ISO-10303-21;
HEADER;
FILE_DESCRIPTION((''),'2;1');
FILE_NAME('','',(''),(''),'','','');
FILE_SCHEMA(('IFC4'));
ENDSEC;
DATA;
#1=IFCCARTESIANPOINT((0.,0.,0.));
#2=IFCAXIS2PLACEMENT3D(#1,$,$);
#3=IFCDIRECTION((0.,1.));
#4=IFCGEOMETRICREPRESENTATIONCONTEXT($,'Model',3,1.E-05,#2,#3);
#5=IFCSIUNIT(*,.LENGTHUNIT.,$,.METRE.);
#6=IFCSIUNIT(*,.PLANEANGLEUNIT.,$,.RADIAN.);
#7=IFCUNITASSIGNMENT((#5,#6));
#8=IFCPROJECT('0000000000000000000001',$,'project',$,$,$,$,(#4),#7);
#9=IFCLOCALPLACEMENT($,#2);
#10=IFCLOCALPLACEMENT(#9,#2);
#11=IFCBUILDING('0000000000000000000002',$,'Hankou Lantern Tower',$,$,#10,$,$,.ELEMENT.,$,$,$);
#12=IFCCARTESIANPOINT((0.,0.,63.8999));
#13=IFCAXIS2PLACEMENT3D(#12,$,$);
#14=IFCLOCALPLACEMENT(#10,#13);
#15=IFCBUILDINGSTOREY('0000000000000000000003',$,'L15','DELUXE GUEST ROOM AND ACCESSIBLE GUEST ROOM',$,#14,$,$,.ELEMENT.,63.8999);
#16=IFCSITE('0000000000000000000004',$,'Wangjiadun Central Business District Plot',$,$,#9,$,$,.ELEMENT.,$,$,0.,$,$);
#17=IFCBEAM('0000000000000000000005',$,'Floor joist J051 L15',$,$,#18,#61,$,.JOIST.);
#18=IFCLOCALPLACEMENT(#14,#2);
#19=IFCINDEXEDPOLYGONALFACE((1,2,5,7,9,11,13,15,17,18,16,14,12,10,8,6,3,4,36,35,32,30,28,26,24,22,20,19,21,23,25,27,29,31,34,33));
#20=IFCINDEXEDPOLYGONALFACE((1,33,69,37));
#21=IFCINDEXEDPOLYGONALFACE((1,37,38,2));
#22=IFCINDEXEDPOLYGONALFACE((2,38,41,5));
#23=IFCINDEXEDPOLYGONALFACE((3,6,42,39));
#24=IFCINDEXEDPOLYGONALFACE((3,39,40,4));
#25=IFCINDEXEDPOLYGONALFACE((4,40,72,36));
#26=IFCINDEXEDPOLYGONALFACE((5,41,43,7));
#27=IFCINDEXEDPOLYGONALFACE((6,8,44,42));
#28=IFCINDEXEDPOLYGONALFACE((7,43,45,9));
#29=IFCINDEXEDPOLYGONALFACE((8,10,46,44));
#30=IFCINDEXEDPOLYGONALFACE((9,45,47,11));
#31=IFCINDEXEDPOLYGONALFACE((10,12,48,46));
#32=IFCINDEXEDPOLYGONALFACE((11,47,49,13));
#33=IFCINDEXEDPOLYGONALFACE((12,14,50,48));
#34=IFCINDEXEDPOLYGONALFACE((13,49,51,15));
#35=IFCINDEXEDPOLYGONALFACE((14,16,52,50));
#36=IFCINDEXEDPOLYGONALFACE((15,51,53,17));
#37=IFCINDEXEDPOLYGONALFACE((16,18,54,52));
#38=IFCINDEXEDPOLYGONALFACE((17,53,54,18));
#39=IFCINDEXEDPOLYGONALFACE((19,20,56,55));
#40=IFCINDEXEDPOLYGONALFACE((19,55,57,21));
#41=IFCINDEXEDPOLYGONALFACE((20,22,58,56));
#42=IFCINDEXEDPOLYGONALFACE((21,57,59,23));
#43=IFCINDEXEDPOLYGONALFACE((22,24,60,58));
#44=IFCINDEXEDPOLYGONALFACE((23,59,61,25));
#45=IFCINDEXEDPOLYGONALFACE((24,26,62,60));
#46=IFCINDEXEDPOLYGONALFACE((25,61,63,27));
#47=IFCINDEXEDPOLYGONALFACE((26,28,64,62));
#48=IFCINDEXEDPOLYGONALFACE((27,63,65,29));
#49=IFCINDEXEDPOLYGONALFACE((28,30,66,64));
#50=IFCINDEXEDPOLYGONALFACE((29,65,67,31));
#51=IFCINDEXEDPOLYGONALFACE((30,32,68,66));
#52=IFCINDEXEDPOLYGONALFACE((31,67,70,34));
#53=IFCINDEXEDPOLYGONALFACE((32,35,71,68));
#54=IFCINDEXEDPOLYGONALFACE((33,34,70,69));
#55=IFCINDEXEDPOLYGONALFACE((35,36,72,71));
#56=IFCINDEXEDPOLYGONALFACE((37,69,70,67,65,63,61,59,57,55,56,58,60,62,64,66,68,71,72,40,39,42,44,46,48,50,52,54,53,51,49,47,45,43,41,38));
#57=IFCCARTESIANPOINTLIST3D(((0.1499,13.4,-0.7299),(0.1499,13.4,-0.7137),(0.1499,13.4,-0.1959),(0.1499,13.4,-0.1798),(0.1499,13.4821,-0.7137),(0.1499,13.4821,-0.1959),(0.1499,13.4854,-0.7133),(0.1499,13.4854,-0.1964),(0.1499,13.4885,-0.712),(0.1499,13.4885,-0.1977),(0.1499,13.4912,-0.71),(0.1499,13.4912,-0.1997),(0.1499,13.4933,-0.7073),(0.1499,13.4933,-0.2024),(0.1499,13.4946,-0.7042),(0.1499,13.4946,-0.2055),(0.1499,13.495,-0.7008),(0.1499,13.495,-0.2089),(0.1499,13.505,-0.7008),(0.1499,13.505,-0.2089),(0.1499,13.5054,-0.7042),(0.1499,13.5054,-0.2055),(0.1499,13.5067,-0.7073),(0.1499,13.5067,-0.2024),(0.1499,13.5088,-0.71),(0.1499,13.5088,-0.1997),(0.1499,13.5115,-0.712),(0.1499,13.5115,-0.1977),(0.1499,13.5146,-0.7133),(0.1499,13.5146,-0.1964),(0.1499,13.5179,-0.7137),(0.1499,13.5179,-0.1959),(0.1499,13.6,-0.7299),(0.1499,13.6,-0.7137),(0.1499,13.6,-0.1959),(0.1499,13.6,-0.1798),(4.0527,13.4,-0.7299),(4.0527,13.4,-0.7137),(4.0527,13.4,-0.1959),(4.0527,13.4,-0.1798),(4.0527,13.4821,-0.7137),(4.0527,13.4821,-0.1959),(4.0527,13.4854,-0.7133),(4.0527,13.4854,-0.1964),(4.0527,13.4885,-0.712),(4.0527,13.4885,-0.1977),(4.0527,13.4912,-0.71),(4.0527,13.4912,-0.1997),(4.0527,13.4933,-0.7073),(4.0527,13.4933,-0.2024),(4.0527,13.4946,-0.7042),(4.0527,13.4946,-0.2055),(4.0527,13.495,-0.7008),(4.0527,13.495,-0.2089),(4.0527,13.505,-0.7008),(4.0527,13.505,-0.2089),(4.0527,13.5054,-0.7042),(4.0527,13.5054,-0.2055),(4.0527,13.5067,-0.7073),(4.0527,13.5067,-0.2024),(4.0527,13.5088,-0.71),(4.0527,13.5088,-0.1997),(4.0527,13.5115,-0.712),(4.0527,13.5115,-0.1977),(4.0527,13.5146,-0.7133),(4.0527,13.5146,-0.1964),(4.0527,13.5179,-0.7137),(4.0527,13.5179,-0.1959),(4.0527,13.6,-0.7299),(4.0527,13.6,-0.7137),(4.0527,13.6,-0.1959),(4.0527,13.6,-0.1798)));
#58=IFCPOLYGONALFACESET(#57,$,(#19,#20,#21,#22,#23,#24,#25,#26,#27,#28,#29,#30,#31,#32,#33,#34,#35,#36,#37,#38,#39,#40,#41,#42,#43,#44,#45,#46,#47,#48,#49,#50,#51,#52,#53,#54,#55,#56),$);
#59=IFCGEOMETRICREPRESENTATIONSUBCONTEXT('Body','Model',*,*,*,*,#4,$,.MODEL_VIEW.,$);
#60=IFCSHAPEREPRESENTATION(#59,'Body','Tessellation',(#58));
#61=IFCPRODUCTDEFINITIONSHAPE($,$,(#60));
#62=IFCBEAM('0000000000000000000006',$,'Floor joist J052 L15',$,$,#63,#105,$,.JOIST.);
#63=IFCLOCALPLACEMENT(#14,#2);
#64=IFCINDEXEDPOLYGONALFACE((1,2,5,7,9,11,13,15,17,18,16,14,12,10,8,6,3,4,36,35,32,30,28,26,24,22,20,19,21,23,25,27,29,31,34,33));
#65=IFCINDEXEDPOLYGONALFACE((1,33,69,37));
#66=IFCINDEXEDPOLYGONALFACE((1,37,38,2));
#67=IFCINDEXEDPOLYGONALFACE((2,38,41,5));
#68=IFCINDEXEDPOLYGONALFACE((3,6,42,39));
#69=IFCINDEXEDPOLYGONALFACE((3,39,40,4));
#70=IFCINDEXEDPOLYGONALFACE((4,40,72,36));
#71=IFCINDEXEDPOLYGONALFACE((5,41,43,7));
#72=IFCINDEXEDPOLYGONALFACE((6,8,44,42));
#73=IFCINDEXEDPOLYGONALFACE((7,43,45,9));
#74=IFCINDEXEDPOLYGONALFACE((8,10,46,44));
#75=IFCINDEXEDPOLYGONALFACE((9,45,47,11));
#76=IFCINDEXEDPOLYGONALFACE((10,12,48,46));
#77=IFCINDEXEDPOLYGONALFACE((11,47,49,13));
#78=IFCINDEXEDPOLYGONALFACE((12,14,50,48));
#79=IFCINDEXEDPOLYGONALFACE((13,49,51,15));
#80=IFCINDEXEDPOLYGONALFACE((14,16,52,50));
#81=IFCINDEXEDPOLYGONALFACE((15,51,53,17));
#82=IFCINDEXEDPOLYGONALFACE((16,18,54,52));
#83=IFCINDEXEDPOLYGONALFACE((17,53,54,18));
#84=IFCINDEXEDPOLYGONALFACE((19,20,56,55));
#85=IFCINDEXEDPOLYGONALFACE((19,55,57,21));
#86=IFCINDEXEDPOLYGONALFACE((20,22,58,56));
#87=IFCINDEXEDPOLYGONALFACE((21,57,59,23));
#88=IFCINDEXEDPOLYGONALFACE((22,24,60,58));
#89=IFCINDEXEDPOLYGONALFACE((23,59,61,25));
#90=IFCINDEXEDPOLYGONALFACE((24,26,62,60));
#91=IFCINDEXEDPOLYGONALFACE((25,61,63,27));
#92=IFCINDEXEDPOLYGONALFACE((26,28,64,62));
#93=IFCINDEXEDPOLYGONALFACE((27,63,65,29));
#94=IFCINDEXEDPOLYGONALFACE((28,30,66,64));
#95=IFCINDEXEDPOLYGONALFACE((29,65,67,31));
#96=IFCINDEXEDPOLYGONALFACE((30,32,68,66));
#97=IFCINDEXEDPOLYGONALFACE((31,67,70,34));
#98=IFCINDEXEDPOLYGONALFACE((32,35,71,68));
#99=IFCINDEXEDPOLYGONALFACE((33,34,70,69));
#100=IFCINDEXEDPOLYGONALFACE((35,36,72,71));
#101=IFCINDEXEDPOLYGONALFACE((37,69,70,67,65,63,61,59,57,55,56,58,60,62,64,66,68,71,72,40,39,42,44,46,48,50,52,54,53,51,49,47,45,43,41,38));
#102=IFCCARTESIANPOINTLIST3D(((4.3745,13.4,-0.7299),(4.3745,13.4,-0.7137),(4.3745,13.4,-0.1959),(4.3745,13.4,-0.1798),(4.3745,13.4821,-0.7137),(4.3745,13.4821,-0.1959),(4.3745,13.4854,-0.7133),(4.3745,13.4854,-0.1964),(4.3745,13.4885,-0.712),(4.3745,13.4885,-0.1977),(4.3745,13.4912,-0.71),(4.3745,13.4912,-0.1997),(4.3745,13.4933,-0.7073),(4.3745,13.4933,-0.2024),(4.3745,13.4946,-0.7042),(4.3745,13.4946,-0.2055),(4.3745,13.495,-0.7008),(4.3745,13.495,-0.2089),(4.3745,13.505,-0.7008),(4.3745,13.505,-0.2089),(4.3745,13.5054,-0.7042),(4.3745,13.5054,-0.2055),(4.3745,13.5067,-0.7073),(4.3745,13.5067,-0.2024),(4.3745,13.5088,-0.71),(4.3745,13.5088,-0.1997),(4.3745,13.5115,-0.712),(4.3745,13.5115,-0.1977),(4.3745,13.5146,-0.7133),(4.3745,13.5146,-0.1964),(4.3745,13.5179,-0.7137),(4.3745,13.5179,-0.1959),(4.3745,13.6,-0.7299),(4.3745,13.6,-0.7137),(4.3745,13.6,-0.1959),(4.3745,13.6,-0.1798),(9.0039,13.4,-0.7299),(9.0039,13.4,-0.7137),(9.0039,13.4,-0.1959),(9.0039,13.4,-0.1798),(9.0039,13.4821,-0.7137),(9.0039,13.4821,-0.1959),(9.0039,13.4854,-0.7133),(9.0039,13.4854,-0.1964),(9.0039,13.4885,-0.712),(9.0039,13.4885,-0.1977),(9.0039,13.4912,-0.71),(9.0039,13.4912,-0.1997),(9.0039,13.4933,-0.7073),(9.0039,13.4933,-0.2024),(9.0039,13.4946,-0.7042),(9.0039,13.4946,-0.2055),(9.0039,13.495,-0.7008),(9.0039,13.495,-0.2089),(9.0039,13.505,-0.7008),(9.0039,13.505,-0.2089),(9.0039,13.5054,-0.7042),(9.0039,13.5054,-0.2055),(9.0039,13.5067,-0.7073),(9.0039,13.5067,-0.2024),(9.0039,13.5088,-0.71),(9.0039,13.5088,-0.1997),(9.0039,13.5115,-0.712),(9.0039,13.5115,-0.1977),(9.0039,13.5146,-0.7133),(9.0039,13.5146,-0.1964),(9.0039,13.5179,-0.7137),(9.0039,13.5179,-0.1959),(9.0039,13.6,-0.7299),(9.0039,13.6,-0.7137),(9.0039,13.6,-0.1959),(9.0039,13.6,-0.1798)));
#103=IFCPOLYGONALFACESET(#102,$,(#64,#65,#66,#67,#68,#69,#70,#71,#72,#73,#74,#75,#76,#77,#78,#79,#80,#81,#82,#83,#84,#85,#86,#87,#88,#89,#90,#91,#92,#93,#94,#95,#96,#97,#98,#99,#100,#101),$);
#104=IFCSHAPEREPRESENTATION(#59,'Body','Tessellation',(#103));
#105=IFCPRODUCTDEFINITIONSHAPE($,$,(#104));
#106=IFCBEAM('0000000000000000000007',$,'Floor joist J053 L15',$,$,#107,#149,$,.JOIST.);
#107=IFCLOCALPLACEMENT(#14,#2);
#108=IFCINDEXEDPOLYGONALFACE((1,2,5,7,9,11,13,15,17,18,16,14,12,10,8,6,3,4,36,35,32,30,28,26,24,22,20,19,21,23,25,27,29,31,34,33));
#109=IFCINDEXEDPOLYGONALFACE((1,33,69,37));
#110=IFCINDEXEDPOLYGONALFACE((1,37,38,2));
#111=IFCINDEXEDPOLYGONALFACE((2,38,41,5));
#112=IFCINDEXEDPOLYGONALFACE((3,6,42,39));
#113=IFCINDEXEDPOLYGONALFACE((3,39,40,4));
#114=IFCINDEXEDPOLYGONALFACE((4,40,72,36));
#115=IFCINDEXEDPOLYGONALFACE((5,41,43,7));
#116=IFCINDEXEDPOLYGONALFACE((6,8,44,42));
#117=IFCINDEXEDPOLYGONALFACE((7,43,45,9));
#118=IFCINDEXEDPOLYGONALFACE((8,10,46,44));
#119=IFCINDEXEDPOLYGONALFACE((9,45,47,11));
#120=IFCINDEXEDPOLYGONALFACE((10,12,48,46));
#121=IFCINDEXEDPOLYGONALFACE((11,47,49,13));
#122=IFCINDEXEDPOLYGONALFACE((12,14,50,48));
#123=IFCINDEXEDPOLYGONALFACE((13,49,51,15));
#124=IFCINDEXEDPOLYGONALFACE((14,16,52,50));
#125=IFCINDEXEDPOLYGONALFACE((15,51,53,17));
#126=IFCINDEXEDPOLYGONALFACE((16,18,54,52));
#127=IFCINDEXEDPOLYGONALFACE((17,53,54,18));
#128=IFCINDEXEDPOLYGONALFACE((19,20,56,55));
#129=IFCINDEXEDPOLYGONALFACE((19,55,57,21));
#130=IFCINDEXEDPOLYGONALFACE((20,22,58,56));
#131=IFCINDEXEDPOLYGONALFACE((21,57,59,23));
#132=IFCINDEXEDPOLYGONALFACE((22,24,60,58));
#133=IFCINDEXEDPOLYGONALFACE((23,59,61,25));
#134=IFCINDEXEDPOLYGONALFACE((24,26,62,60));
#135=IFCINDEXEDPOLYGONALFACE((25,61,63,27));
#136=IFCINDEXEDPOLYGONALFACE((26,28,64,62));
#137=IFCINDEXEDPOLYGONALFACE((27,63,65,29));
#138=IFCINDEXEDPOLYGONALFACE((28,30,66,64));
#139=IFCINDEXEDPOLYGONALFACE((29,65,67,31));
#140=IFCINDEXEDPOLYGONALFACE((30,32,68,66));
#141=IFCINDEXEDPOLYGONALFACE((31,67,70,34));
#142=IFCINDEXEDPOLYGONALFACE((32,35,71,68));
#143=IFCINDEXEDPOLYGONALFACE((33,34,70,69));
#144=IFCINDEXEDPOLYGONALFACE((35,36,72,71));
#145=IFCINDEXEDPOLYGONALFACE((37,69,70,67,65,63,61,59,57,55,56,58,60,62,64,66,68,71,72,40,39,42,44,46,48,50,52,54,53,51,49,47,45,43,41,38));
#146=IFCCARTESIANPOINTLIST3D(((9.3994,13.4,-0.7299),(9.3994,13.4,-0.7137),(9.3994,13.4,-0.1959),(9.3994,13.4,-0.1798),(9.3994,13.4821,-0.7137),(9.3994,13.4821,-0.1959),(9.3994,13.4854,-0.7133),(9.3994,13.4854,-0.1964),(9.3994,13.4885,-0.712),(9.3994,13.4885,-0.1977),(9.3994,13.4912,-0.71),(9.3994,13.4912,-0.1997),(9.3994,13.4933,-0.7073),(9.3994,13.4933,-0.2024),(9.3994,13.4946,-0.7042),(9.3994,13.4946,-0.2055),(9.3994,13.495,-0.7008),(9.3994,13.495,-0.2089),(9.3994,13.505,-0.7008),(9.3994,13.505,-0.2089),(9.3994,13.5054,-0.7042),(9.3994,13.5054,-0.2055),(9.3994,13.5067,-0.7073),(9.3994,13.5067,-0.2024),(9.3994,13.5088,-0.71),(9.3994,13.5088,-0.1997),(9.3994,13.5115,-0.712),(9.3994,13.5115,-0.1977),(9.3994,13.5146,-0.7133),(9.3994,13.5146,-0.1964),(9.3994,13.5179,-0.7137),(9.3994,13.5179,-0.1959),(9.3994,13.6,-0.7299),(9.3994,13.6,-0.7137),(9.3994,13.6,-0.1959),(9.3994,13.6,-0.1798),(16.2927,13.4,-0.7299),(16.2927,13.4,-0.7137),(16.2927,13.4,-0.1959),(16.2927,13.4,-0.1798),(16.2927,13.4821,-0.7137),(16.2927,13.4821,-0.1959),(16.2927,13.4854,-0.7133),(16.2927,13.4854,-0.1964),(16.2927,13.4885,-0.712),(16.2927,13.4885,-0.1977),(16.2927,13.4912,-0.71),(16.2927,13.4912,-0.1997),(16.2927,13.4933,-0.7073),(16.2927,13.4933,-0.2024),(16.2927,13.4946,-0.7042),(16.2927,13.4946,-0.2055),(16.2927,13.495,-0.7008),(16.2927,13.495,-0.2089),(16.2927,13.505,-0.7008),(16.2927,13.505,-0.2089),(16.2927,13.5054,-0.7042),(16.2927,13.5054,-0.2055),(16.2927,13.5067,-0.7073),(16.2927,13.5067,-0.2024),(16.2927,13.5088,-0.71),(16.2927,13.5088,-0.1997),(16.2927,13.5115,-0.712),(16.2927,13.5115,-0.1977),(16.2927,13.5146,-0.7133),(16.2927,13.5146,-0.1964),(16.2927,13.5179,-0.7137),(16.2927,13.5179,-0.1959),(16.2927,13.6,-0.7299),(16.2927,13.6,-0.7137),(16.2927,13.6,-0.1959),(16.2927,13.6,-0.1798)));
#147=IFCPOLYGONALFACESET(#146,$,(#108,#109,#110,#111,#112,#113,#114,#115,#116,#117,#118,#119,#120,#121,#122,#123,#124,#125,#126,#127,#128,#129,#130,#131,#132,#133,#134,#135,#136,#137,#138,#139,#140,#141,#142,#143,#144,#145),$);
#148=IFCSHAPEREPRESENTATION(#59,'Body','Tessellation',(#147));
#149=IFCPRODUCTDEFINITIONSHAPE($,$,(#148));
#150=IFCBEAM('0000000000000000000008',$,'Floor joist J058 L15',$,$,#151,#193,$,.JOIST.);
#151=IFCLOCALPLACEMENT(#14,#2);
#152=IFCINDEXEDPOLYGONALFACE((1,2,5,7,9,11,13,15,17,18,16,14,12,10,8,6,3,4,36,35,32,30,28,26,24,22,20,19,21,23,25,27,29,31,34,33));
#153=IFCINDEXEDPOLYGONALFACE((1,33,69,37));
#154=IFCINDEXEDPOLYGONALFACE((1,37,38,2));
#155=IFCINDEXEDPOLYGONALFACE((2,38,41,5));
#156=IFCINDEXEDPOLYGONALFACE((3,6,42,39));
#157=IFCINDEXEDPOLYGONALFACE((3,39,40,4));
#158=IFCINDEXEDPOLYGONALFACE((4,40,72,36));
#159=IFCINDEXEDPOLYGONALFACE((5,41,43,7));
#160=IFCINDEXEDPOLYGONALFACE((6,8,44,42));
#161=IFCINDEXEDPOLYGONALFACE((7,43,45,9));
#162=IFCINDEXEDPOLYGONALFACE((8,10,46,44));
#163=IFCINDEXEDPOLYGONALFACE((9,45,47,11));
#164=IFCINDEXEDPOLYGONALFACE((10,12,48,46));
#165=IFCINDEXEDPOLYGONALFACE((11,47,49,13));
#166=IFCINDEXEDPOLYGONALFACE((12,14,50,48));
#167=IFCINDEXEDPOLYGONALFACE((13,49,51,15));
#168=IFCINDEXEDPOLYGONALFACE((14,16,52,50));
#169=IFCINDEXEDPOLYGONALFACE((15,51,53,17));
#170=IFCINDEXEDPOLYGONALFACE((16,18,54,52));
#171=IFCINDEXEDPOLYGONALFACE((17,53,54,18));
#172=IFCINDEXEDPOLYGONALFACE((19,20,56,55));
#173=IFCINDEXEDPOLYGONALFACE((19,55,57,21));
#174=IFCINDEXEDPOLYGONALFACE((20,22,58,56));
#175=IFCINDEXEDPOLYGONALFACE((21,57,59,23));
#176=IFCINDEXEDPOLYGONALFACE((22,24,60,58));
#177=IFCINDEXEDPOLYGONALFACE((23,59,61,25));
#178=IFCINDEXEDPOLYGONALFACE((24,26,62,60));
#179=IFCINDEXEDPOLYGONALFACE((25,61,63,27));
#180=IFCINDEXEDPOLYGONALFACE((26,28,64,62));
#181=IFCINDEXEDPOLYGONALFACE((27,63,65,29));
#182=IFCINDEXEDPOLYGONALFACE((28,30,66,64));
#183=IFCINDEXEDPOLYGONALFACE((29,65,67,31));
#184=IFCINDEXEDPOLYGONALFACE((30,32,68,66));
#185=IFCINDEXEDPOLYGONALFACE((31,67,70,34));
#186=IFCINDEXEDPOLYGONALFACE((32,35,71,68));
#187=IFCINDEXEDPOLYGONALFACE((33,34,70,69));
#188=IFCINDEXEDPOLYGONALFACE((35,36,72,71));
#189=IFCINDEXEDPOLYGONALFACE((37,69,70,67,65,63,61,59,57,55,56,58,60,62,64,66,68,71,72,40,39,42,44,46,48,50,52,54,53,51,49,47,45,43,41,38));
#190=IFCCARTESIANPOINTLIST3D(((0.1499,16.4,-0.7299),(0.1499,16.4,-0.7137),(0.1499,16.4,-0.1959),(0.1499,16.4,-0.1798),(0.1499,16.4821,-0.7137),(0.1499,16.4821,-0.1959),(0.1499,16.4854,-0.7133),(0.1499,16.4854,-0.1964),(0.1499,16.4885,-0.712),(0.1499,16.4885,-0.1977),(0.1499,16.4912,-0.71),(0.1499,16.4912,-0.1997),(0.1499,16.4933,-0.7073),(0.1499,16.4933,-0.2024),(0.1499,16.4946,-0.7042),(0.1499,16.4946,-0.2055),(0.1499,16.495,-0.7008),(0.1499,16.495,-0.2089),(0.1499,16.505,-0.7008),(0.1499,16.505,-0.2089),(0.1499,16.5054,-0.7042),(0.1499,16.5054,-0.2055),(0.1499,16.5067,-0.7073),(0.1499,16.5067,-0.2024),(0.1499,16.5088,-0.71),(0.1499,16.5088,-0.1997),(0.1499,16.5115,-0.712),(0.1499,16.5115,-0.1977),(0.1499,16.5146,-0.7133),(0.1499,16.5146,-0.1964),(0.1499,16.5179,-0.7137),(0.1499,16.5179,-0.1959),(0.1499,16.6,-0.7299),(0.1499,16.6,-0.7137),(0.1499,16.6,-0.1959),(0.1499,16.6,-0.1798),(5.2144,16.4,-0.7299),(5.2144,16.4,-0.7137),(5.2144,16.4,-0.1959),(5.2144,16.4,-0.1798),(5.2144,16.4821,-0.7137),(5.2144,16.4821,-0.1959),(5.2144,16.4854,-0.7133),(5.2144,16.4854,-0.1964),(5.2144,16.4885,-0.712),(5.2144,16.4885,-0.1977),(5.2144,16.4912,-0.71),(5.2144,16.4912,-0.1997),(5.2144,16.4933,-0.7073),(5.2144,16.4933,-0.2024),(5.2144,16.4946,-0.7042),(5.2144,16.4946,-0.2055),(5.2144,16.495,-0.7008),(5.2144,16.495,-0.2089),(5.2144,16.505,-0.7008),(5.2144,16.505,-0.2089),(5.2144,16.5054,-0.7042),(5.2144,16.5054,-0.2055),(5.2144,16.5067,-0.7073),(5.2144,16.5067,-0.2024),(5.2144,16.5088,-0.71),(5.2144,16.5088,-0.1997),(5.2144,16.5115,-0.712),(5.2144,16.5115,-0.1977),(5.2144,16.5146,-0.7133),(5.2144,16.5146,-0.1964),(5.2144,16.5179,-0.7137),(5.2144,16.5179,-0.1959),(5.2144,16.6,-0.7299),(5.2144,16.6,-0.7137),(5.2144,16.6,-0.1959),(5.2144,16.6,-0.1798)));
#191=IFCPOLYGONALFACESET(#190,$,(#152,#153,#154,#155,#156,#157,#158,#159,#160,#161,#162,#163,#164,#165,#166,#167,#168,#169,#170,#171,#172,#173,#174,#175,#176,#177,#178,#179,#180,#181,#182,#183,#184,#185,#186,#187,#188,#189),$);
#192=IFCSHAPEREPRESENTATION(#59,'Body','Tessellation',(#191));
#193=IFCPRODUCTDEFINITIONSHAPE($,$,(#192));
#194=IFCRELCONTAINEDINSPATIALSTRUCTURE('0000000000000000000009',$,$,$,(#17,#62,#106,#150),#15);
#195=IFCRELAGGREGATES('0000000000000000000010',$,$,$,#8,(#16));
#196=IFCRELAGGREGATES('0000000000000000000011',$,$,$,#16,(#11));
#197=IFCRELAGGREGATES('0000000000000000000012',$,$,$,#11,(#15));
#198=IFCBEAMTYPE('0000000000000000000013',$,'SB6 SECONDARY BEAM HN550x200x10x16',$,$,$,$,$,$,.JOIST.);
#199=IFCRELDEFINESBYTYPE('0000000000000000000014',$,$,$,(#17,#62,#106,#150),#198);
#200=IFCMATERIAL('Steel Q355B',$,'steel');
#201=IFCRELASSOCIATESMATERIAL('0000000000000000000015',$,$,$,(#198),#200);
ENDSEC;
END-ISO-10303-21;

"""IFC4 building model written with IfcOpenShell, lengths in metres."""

from ifc_helpers import new_model, si_unit, direction, frame, origin, origin_2d, place, context, subcontext, project, spatial, i_section, extrude, material, material_profile, profile_set, type_object, element, save


model = new_model("IFC4")

# Units and contexts
model_context = context("Model", 3, precision=1e-05, world=origin(), true_north=direction((0.0, 1.0)))
body_context = subcontext(model_context, "Body", "Model", "MODEL_VIEW")
ifc_project = project(units=[si_unit("LENGTHUNIT", "METRE"), si_unit("PLANEANGLEUNIT", "RADIAN")], contexts=[model_context])

# Site, building, storey
site_placement = place(None, origin())
site = spatial("IfcSite", under=ifc_project, at=site_placement, Name="Wangjiadun Central Business District Plot", CompositionType="ELEMENT", RefElevation=0.0)
building_placement = place(site_placement, origin())
building = spatial("IfcBuilding", under=site, at=building_placement, Name="Hankou Lantern Tower", CompositionType="ELEMENT")
storey_placement = place(building_placement, frame((0.0, 0.0, 63.8999)))
storey = spatial("IfcBuildingStorey", under=building, at=storey_placement, Name="L15", Description="DELUXE GUEST ROOM AND ACCESSIBLE GUEST ROOM", CompositionType="ELEMENT", Elevation=63.8999)

# Beams
ifc_material_1 = material(Name="Steel Q355B", Category="steel")
ifc_material_profile_1 = material_profile(ifc_material_1, i_section(OverallWidth=0.2, OverallDepth=0.55, WebThickness=0.01, FlangeThickness=0.0161, FilletRadius=0.0129, at=origin_2d()), Name="HN550x200x10x16")
ifc_profile_set_1 = profile_set([ifc_material_profile_1], Name="Steel Q355B")
beam_type_1 = type_object("IfcBeamType", Name="SB6 SECONDARY BEAM HN550x200x10x16", PredefinedType="JOIST", material=ifc_profile_set_1)
beam_1_placement = place(storey_placement, frame((0.1499, 13.5, -0.4548), z_axis=(1.0, 0.0, 0.0), x_axis=(0.0, 1.0, 0.0)))
element("IfcBeam", 1, at=beam_1_placement, inside=storey, type_object=beam_type_1, Name="Floor joist J051 L15", PredefinedType="JOIST", context=body_context, shape_type="SweptSolid", body=[
    extrude(i_section(OverallWidth=0.2, OverallDepth=0.55, WebThickness=0.01, FlangeThickness=0.0161, FilletRadius=0.0129, at=origin_2d()), origin(), (0.0, 0.0, 1.0), 3.9028),
])
beam_2_placement = place(storey_placement, frame((4.3745, 13.5, -0.4548), z_axis=(1.0, 0.0, 0.0), x_axis=(0.0, 1.0, 0.0)))
element("IfcBeam", 2, at=beam_2_placement, inside=storey, type_object=beam_type_1, Name="Floor joist J052 L15", PredefinedType="JOIST", context=body_context, shape_type="SweptSolid", body=[
    extrude(i_section(OverallWidth=0.2, OverallDepth=0.55, WebThickness=0.01, FlangeThickness=0.0161, FilletRadius=0.0129, at=origin_2d()), origin(), (0.0, 0.0, 1.0), 4.6294),
])
beam_3_placement = place(storey_placement, frame((9.3994, 13.5, -0.4548), z_axis=(1.0, 0.0, 0.0), x_axis=(0.0, 1.0, 0.0)))
element("IfcBeam", 3, at=beam_3_placement, inside=storey, type_object=beam_type_1, Name="Floor joist J053 L15", PredefinedType="JOIST", context=body_context, shape_type="SweptSolid", body=[
    extrude(i_section(OverallWidth=0.2, OverallDepth=0.55, WebThickness=0.01, FlangeThickness=0.0161, FilletRadius=0.0129, at=origin_2d()), origin(), (0.0, 0.0, 1.0), 6.8933),
])
beam_4_placement = place(storey_placement, frame((0.1499, 16.5, -0.4548), z_axis=(1.0, 0.0, 0.0), x_axis=(0.0, 1.0, 0.0)))
element("IfcBeam", 4, at=beam_4_placement, inside=storey, type_object=beam_type_1, Name="Floor joist J058 L15", PredefinedType="JOIST", context=body_context, shape_type="SweptSolid", body=[
    extrude(i_section(OverallWidth=0.2, OverallDepth=0.55, WebThickness=0.01, FlangeThickness=0.0161, FilletRadius=0.0129, at=origin_2d()), origin(), (0.0, 0.0, 1.0), 5.0645),
])

save(model, "model.ifc")
